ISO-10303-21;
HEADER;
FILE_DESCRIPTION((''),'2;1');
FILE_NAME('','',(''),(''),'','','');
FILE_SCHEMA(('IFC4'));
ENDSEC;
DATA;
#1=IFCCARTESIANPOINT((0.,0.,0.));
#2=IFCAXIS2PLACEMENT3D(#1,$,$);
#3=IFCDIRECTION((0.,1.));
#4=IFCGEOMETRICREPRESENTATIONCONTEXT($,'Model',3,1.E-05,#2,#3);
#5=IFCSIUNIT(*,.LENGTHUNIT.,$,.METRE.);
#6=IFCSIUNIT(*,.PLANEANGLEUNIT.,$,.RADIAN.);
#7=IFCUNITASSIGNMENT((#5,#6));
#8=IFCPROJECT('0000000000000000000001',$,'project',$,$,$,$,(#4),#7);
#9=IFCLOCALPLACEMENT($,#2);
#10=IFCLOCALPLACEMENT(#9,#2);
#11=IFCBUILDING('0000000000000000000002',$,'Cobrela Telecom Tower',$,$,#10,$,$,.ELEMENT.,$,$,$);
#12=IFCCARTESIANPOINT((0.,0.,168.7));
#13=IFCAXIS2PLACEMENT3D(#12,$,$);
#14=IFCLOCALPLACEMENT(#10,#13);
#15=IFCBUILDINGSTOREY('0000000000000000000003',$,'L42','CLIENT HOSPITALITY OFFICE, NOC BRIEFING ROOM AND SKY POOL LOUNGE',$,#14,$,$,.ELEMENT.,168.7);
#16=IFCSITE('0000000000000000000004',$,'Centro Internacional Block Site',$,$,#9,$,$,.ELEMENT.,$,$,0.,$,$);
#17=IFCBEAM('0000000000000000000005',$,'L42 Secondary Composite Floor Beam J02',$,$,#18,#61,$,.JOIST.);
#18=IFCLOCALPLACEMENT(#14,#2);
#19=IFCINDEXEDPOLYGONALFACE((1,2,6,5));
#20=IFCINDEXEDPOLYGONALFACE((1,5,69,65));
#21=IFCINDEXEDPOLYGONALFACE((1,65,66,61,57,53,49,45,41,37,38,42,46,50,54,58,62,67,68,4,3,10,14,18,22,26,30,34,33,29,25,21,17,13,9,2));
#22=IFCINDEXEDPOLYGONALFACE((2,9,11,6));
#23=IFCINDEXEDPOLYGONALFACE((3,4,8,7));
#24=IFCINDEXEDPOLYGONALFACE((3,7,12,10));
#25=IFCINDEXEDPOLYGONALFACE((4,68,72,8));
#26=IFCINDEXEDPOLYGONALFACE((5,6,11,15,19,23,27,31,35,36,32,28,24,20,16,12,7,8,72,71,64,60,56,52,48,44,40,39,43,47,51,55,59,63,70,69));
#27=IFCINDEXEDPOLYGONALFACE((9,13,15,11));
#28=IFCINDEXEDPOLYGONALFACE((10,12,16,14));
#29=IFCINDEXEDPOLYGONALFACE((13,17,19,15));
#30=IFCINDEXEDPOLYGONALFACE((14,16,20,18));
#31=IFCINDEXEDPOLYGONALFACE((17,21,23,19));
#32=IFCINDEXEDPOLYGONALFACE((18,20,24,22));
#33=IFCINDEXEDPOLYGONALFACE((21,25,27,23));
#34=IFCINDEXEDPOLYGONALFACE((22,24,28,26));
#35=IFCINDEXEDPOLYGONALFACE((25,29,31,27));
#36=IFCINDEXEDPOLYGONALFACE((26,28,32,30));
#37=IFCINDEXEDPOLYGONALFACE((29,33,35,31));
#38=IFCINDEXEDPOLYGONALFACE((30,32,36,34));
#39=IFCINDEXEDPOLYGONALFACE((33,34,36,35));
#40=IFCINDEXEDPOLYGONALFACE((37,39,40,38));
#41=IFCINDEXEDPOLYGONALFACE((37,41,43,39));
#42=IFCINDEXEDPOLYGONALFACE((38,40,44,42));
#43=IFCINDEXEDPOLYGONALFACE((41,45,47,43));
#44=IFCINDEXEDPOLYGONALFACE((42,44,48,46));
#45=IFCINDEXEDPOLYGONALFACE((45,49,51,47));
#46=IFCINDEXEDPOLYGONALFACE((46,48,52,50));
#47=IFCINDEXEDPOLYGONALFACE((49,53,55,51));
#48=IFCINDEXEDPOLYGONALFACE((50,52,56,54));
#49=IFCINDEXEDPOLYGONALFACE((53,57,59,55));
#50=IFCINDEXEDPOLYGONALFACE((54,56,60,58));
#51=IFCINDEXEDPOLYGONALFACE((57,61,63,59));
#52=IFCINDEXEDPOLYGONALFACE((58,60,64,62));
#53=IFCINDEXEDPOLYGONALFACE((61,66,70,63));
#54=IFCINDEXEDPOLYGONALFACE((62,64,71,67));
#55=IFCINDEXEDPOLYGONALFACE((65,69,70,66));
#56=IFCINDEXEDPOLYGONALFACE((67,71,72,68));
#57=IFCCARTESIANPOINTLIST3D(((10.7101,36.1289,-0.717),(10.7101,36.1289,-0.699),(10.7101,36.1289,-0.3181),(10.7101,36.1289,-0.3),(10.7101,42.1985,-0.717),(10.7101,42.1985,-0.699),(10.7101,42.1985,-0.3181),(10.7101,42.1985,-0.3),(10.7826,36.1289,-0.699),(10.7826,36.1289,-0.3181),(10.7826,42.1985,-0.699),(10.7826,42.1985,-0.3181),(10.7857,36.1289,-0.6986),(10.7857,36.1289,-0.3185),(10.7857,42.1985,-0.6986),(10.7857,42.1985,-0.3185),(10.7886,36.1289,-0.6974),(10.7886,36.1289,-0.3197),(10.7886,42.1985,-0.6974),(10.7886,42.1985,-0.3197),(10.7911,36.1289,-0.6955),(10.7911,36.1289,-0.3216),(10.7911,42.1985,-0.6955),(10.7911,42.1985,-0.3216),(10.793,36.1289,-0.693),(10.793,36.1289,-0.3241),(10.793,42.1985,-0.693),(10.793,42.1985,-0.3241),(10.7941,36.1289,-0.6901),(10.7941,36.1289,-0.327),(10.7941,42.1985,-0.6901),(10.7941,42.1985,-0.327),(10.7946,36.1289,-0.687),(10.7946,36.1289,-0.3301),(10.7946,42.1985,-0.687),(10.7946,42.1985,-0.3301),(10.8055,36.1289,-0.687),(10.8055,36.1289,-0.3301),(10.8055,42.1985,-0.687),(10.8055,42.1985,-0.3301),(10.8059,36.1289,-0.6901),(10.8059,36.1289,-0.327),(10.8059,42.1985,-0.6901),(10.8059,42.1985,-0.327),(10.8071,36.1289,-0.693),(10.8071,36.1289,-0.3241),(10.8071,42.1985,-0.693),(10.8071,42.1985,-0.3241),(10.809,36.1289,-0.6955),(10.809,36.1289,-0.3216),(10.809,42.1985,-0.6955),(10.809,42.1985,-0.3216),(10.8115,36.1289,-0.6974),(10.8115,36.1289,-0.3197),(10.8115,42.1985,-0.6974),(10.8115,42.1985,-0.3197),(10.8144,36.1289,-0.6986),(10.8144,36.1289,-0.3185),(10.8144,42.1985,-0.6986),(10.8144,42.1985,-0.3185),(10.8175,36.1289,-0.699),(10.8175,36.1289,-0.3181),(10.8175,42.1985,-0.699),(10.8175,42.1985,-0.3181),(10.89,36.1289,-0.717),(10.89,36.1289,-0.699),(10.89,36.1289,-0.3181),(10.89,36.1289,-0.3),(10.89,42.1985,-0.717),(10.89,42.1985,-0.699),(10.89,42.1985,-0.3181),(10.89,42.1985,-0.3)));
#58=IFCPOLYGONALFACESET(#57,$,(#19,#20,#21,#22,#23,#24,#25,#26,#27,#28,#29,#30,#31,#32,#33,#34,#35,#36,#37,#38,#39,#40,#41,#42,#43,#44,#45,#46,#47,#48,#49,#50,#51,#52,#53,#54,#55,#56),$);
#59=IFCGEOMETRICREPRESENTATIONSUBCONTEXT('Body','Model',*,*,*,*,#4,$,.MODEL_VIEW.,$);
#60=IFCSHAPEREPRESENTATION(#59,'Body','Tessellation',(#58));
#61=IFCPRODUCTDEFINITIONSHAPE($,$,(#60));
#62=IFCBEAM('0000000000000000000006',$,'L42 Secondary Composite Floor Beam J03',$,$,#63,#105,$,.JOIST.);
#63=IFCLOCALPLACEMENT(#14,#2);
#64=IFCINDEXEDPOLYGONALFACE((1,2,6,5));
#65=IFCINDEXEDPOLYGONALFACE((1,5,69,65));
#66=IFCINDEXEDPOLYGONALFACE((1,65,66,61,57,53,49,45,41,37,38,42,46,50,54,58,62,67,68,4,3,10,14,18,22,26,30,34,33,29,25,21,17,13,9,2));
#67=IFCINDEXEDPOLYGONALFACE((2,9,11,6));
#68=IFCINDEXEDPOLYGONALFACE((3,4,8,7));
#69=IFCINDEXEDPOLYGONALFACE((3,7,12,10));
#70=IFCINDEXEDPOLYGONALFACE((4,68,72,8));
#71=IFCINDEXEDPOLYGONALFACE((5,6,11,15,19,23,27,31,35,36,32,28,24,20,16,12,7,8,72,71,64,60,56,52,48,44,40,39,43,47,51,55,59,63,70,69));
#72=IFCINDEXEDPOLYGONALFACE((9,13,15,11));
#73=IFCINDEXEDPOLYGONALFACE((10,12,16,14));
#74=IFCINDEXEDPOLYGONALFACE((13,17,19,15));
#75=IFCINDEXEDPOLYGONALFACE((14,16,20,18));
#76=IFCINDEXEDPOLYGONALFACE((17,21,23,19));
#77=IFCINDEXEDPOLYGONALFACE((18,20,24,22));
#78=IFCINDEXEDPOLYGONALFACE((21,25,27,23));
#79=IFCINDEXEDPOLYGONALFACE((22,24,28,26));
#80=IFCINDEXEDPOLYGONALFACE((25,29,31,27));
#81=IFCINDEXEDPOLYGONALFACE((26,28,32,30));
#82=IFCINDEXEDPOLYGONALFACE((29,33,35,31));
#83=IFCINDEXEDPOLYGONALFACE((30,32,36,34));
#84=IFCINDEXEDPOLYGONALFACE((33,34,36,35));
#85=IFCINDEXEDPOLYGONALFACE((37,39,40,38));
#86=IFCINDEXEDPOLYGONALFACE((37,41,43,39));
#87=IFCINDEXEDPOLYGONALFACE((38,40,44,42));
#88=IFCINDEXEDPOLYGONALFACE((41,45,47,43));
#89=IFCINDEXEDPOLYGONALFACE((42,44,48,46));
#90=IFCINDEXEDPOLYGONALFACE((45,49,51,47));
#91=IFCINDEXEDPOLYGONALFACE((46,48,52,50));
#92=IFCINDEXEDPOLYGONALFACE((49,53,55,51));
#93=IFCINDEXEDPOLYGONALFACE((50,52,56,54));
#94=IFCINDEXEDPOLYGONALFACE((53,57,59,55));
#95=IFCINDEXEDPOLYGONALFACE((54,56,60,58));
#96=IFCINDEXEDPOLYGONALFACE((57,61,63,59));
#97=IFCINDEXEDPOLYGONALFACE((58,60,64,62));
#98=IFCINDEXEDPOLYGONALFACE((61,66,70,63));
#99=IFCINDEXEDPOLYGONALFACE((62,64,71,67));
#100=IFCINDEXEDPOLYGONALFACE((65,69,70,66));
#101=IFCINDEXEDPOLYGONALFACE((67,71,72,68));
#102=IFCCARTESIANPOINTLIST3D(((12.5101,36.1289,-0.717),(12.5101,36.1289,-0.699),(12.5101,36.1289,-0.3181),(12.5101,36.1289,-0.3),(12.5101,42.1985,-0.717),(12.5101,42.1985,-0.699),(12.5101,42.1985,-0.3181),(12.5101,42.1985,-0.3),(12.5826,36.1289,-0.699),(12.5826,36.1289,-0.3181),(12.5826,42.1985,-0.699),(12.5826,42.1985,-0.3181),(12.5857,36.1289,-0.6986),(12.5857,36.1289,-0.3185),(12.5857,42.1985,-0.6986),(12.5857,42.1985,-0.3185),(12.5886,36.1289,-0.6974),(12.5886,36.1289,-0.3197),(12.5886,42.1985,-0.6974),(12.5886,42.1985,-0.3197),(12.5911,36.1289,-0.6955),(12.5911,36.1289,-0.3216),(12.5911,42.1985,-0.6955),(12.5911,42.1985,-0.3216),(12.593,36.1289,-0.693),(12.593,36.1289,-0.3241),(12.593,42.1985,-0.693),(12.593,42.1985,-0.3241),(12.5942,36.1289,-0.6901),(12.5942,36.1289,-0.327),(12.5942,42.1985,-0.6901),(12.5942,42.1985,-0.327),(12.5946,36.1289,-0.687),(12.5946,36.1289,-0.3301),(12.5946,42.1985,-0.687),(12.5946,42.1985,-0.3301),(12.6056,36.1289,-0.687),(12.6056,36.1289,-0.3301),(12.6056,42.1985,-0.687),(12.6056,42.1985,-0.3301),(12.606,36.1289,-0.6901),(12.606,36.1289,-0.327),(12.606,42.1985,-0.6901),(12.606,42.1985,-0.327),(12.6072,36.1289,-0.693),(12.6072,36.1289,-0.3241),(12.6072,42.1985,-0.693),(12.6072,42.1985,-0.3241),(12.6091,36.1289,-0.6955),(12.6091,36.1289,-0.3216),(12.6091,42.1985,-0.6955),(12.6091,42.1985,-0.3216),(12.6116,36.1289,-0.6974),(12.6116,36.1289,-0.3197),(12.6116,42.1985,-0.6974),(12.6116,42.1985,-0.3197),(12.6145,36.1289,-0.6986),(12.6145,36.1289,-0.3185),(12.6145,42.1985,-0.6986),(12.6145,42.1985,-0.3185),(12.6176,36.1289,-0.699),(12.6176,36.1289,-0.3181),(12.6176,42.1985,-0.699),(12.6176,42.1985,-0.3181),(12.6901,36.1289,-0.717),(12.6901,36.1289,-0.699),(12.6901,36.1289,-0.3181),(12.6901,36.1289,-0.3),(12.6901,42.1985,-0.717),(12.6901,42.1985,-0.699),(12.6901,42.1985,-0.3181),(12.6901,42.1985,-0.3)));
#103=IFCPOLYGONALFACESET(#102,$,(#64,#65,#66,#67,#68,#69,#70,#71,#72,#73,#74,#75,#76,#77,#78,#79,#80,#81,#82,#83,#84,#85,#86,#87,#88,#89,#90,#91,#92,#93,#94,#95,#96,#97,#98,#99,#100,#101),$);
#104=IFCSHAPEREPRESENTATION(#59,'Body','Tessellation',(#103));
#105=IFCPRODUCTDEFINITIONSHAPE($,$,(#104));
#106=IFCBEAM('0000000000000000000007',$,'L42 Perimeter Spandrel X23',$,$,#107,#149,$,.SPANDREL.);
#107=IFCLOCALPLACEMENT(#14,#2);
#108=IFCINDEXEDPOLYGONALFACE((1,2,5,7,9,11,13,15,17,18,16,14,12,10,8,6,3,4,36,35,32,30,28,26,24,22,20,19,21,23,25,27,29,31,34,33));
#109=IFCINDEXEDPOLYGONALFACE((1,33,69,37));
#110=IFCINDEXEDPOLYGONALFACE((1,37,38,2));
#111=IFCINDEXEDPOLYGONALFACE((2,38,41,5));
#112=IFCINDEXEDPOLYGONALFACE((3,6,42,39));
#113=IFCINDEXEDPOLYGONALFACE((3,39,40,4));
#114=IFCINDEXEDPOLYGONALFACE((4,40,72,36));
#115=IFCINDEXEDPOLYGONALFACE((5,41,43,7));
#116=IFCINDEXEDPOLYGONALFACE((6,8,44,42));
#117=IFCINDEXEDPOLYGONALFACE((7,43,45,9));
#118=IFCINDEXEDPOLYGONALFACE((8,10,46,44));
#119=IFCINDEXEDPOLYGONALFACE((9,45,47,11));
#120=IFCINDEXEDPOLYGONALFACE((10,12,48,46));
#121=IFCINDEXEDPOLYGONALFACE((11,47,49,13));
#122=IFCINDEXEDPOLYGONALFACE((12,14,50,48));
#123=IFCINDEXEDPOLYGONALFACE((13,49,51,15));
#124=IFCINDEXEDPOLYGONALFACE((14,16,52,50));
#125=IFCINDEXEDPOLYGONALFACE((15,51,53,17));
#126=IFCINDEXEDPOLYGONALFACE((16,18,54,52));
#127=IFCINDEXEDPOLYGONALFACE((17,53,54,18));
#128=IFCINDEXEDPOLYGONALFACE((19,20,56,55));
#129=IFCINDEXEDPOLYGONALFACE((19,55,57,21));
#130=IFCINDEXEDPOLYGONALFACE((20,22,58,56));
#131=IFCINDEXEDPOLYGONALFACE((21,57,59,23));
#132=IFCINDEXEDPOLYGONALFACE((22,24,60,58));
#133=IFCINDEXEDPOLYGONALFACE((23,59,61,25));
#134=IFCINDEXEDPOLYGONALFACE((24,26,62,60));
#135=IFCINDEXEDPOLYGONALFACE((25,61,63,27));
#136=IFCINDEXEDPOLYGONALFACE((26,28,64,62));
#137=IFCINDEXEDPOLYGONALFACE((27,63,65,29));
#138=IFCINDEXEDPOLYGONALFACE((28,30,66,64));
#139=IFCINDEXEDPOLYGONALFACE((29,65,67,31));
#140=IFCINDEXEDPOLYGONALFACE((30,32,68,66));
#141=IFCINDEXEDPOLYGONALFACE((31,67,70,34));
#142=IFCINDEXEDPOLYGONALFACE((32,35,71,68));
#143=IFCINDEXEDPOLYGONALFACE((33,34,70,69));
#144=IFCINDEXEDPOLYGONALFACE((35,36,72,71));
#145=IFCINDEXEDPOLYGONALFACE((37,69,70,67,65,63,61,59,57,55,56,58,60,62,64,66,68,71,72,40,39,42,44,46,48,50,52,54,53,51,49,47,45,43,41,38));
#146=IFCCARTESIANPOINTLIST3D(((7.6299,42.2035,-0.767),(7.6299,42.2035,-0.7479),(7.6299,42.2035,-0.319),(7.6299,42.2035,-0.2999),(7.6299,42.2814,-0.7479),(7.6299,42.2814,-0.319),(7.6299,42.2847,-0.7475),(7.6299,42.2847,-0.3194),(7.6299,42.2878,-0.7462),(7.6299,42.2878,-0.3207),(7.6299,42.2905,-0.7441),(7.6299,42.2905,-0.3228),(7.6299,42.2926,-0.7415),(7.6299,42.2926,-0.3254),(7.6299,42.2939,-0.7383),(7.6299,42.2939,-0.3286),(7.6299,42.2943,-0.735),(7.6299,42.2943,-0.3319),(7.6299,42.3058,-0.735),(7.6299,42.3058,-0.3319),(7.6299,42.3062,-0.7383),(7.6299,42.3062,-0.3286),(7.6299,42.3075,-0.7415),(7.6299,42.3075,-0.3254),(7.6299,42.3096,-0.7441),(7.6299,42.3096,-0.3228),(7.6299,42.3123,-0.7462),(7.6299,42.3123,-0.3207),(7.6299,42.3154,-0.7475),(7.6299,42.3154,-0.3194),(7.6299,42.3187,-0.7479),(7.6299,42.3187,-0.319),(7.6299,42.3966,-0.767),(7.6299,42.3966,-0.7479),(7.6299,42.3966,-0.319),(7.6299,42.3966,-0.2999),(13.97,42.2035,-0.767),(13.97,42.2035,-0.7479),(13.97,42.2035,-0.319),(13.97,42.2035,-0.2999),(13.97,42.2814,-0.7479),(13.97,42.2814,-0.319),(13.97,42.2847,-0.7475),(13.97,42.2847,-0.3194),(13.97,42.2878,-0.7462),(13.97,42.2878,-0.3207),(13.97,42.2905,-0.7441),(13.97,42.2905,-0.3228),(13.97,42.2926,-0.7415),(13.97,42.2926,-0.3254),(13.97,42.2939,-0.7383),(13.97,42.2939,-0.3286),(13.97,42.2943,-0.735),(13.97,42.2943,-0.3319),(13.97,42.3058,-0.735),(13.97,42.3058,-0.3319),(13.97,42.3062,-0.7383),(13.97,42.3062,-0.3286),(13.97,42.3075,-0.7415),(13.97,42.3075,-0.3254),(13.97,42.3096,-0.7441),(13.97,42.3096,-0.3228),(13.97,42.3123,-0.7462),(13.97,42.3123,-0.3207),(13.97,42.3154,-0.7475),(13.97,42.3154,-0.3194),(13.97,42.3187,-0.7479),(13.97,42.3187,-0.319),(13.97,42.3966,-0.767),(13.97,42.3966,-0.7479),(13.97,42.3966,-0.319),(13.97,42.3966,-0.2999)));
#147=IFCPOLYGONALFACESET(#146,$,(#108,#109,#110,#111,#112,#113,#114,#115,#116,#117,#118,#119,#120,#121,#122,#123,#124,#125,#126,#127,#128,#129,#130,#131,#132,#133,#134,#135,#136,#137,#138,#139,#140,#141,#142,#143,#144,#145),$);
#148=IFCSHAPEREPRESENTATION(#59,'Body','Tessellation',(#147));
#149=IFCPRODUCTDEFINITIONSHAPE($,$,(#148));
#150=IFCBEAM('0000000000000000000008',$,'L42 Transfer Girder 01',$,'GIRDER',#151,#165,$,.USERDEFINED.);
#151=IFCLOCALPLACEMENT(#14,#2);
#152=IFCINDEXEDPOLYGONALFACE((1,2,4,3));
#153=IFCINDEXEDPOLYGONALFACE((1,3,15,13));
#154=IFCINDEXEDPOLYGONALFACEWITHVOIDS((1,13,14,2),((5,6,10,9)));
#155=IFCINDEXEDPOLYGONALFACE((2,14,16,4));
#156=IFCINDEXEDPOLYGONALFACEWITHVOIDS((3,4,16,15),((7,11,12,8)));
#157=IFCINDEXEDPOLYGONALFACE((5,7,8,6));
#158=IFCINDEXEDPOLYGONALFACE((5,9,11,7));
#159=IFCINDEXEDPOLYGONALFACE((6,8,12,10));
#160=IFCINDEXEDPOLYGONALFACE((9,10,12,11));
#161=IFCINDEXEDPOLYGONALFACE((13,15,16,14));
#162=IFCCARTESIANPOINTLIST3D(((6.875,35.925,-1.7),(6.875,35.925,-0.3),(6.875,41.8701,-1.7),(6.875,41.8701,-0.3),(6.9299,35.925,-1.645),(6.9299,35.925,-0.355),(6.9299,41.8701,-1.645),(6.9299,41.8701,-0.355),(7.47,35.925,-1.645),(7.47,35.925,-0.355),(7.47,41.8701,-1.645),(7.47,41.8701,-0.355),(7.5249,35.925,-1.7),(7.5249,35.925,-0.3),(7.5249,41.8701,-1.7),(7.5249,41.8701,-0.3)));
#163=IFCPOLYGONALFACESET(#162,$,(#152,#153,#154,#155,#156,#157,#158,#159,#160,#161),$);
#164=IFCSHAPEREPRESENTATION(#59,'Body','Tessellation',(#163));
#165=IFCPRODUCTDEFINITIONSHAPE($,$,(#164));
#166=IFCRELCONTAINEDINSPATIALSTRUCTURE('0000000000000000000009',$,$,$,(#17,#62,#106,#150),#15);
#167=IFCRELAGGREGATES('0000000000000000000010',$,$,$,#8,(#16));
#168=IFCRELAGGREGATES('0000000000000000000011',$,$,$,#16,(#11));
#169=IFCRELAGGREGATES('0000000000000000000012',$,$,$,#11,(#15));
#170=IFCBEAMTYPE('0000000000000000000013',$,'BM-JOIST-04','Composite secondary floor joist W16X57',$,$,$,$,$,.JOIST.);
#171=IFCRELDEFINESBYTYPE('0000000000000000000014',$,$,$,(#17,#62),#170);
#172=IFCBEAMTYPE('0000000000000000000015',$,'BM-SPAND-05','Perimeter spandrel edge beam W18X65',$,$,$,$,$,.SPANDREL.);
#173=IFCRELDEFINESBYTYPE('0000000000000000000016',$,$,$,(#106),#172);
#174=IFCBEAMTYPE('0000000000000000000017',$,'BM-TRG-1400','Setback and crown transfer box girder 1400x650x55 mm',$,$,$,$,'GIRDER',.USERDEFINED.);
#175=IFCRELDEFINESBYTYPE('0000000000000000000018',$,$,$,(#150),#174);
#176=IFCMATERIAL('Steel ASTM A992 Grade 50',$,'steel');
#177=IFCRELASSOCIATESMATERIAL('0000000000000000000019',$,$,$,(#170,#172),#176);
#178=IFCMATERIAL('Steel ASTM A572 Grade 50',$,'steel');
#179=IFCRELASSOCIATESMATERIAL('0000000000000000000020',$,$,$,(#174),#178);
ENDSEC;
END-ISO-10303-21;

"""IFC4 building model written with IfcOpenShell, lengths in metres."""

from ifc_helpers import new_model, si_unit, direction, frame, origin, origin_2d, place, context, subcontext, project, spatial, hollow_rectangle, i_section, extrude, material, material_profile, profile_set, type_object, element, save


model = new_model("IFC4")

# Units and contexts
model_context = context("Model", 3, precision=1e-05, world=origin(), true_north=direction((0.0, 1.0)))
body_context = subcontext(model_context, "Body", "Model", "MODEL_VIEW")
ifc_project = project(units=[si_unit("LENGTHUNIT", "METRE"), si_unit("PLANEANGLEUNIT", "RADIAN")], contexts=[model_context])

# Site, building, storey
site_placement = place(None, origin())
site = spatial("IfcSite", under=ifc_project, at=site_placement, Name="Centro Internacional Block Site", CompositionType="ELEMENT", RefElevation=0.0)
building_placement = place(site_placement, origin())
building = spatial("IfcBuilding", under=site, at=building_placement, Name="Cobrela Telecom Tower", CompositionType="ELEMENT")
storey_placement = place(building_placement, frame((0.0, 0.0, 168.7)))
storey = spatial("IfcBuildingStorey", under=building, at=storey_placement, Name="L42", Description="CLIENT HOSPITALITY OFFICE, NOC BRIEFING ROOM AND SKY POOL LOUNGE", CompositionType="ELEMENT", Elevation=168.7)

# Shared definitions
ifc_material_1 = material(Name="Steel ASTM A572 Grade 50", Category="steel")

# Beams
ifc_material_2 = material(Name="Steel ASTM A992 Grade 50", Category="steel")
ifc_material_profile_1 = material_profile(ifc_material_2, i_section(OverallWidth=0.1799, OverallDepth=0.417, WebThickness=0.011, FlangeThickness=0.0181, FilletRadius=0.012, at=origin_2d()), Name="W16X57")
ifc_profile_set_1 = profile_set([ifc_material_profile_1], Name="Steel ASTM A992 Grade 50")
beam_type_1 = type_object("IfcBeamType", Name="BM-JOIST-04", Description="Composite secondary floor joist W16X57", PredefinedType="JOIST", material=ifc_profile_set_1)
for number, where, z_axis, x_axis, name in (
    (1, (10.8, 36.1289, -0.5085), (0.0, 1.0, 0.0), (-1.0, 0.0, 0.0), "L42 Secondary Composite Floor Beam J02"),
    (2, (12.6001, 36.1289, -0.5085), (0.0, 1.0, 0.0), (-1.0, 0.0, 0.0), "L42 Secondary Composite Floor Beam J03"),
):
    element("IfcBeam", number, at=place(storey_placement, frame(where, z_axis=z_axis, x_axis=x_axis)), inside=storey, type_object=beam_type_1, Name=name, PredefinedType="JOIST", context=body_context, shape_type="SweptSolid", body=[
        extrude(i_section(OverallWidth=0.1799, OverallDepth=0.417, WebThickness=0.011, FlangeThickness=0.0181, FilletRadius=0.012, at=origin_2d()), origin(), (0.0, 0.0, 1.0), 6.0696),
    ])
ifc_material_profile_2 = material_profile(ifc_material_2, i_section(OverallWidth=0.1931, OverallDepth=0.467, WebThickness=0.0115, FlangeThickness=0.019, FilletRadius=0.0129, at=origin_2d()), Name="W18X65")
ifc_profile_set_2 = profile_set([ifc_material_profile_2], Name="Steel ASTM A992 Grade 50")
beam_type_2 = type_object("IfcBeamType", Name="BM-SPAND-05", Description="Perimeter spandrel edge beam W18X65", PredefinedType="SPANDREL", material=ifc_profile_set_2)
beam_1_placement = place(storey_placement, frame((7.6299, 42.3, -0.5334), z_axis=(1.0, 0.0, 0.0), x_axis=(0.0, 1.0, 0.0)))
element("IfcBeam", 3, at=beam_1_placement, inside=storey, type_object=beam_type_2, Name="L42 Perimeter Spandrel X23", PredefinedType="SPANDREL", context=body_context, shape_type="SweptSolid", body=[
    extrude(i_section(OverallWidth=0.1931, OverallDepth=0.467, WebThickness=0.0115, FlangeThickness=0.019, FilletRadius=0.0129, at=origin_2d()), origin(), (0.0, 0.0, 1.0), 6.3401),
])
ifc_material_profile_3 = material_profile(ifc_material_1, hollow_rectangle(XDim=0.6499, YDim=1.3999, WallThickness=0.0549, at=origin_2d()), Name="BOX 1400x650x55")
ifc_profile_set_3 = profile_set([ifc_material_profile_3], Name="Steel ASTM A572 Grade 50")
beam_type_3 = type_object("IfcBeamType", Name="BM-TRG-1400", Description="Setback and crown transfer box girder 1400x650x55 mm", ElementType="GIRDER", PredefinedType="USERDEFINED", material=ifc_profile_set_3)
beam_2_placement = place(storey_placement, frame((7.2, 35.925, -1.0), z_axis=(0.0, 1.0, 0.0), x_axis=(-1.0, 0.0, 0.0)))
element("IfcBeam", 4, at=beam_2_placement, inside=storey, type_object=beam_type_3, Name="L42 Transfer Girder 01", ObjectType="GIRDER", PredefinedType="USERDEFINED", context=body_context, shape_type="SweptSolid", body=[
    extrude(hollow_rectangle(XDim=0.6499, YDim=1.3999, WallThickness=0.0549, at=origin_2d()), origin(), (0.0, 0.0, 1.0), 5.9451),
])

save(model, "model.ifc")
